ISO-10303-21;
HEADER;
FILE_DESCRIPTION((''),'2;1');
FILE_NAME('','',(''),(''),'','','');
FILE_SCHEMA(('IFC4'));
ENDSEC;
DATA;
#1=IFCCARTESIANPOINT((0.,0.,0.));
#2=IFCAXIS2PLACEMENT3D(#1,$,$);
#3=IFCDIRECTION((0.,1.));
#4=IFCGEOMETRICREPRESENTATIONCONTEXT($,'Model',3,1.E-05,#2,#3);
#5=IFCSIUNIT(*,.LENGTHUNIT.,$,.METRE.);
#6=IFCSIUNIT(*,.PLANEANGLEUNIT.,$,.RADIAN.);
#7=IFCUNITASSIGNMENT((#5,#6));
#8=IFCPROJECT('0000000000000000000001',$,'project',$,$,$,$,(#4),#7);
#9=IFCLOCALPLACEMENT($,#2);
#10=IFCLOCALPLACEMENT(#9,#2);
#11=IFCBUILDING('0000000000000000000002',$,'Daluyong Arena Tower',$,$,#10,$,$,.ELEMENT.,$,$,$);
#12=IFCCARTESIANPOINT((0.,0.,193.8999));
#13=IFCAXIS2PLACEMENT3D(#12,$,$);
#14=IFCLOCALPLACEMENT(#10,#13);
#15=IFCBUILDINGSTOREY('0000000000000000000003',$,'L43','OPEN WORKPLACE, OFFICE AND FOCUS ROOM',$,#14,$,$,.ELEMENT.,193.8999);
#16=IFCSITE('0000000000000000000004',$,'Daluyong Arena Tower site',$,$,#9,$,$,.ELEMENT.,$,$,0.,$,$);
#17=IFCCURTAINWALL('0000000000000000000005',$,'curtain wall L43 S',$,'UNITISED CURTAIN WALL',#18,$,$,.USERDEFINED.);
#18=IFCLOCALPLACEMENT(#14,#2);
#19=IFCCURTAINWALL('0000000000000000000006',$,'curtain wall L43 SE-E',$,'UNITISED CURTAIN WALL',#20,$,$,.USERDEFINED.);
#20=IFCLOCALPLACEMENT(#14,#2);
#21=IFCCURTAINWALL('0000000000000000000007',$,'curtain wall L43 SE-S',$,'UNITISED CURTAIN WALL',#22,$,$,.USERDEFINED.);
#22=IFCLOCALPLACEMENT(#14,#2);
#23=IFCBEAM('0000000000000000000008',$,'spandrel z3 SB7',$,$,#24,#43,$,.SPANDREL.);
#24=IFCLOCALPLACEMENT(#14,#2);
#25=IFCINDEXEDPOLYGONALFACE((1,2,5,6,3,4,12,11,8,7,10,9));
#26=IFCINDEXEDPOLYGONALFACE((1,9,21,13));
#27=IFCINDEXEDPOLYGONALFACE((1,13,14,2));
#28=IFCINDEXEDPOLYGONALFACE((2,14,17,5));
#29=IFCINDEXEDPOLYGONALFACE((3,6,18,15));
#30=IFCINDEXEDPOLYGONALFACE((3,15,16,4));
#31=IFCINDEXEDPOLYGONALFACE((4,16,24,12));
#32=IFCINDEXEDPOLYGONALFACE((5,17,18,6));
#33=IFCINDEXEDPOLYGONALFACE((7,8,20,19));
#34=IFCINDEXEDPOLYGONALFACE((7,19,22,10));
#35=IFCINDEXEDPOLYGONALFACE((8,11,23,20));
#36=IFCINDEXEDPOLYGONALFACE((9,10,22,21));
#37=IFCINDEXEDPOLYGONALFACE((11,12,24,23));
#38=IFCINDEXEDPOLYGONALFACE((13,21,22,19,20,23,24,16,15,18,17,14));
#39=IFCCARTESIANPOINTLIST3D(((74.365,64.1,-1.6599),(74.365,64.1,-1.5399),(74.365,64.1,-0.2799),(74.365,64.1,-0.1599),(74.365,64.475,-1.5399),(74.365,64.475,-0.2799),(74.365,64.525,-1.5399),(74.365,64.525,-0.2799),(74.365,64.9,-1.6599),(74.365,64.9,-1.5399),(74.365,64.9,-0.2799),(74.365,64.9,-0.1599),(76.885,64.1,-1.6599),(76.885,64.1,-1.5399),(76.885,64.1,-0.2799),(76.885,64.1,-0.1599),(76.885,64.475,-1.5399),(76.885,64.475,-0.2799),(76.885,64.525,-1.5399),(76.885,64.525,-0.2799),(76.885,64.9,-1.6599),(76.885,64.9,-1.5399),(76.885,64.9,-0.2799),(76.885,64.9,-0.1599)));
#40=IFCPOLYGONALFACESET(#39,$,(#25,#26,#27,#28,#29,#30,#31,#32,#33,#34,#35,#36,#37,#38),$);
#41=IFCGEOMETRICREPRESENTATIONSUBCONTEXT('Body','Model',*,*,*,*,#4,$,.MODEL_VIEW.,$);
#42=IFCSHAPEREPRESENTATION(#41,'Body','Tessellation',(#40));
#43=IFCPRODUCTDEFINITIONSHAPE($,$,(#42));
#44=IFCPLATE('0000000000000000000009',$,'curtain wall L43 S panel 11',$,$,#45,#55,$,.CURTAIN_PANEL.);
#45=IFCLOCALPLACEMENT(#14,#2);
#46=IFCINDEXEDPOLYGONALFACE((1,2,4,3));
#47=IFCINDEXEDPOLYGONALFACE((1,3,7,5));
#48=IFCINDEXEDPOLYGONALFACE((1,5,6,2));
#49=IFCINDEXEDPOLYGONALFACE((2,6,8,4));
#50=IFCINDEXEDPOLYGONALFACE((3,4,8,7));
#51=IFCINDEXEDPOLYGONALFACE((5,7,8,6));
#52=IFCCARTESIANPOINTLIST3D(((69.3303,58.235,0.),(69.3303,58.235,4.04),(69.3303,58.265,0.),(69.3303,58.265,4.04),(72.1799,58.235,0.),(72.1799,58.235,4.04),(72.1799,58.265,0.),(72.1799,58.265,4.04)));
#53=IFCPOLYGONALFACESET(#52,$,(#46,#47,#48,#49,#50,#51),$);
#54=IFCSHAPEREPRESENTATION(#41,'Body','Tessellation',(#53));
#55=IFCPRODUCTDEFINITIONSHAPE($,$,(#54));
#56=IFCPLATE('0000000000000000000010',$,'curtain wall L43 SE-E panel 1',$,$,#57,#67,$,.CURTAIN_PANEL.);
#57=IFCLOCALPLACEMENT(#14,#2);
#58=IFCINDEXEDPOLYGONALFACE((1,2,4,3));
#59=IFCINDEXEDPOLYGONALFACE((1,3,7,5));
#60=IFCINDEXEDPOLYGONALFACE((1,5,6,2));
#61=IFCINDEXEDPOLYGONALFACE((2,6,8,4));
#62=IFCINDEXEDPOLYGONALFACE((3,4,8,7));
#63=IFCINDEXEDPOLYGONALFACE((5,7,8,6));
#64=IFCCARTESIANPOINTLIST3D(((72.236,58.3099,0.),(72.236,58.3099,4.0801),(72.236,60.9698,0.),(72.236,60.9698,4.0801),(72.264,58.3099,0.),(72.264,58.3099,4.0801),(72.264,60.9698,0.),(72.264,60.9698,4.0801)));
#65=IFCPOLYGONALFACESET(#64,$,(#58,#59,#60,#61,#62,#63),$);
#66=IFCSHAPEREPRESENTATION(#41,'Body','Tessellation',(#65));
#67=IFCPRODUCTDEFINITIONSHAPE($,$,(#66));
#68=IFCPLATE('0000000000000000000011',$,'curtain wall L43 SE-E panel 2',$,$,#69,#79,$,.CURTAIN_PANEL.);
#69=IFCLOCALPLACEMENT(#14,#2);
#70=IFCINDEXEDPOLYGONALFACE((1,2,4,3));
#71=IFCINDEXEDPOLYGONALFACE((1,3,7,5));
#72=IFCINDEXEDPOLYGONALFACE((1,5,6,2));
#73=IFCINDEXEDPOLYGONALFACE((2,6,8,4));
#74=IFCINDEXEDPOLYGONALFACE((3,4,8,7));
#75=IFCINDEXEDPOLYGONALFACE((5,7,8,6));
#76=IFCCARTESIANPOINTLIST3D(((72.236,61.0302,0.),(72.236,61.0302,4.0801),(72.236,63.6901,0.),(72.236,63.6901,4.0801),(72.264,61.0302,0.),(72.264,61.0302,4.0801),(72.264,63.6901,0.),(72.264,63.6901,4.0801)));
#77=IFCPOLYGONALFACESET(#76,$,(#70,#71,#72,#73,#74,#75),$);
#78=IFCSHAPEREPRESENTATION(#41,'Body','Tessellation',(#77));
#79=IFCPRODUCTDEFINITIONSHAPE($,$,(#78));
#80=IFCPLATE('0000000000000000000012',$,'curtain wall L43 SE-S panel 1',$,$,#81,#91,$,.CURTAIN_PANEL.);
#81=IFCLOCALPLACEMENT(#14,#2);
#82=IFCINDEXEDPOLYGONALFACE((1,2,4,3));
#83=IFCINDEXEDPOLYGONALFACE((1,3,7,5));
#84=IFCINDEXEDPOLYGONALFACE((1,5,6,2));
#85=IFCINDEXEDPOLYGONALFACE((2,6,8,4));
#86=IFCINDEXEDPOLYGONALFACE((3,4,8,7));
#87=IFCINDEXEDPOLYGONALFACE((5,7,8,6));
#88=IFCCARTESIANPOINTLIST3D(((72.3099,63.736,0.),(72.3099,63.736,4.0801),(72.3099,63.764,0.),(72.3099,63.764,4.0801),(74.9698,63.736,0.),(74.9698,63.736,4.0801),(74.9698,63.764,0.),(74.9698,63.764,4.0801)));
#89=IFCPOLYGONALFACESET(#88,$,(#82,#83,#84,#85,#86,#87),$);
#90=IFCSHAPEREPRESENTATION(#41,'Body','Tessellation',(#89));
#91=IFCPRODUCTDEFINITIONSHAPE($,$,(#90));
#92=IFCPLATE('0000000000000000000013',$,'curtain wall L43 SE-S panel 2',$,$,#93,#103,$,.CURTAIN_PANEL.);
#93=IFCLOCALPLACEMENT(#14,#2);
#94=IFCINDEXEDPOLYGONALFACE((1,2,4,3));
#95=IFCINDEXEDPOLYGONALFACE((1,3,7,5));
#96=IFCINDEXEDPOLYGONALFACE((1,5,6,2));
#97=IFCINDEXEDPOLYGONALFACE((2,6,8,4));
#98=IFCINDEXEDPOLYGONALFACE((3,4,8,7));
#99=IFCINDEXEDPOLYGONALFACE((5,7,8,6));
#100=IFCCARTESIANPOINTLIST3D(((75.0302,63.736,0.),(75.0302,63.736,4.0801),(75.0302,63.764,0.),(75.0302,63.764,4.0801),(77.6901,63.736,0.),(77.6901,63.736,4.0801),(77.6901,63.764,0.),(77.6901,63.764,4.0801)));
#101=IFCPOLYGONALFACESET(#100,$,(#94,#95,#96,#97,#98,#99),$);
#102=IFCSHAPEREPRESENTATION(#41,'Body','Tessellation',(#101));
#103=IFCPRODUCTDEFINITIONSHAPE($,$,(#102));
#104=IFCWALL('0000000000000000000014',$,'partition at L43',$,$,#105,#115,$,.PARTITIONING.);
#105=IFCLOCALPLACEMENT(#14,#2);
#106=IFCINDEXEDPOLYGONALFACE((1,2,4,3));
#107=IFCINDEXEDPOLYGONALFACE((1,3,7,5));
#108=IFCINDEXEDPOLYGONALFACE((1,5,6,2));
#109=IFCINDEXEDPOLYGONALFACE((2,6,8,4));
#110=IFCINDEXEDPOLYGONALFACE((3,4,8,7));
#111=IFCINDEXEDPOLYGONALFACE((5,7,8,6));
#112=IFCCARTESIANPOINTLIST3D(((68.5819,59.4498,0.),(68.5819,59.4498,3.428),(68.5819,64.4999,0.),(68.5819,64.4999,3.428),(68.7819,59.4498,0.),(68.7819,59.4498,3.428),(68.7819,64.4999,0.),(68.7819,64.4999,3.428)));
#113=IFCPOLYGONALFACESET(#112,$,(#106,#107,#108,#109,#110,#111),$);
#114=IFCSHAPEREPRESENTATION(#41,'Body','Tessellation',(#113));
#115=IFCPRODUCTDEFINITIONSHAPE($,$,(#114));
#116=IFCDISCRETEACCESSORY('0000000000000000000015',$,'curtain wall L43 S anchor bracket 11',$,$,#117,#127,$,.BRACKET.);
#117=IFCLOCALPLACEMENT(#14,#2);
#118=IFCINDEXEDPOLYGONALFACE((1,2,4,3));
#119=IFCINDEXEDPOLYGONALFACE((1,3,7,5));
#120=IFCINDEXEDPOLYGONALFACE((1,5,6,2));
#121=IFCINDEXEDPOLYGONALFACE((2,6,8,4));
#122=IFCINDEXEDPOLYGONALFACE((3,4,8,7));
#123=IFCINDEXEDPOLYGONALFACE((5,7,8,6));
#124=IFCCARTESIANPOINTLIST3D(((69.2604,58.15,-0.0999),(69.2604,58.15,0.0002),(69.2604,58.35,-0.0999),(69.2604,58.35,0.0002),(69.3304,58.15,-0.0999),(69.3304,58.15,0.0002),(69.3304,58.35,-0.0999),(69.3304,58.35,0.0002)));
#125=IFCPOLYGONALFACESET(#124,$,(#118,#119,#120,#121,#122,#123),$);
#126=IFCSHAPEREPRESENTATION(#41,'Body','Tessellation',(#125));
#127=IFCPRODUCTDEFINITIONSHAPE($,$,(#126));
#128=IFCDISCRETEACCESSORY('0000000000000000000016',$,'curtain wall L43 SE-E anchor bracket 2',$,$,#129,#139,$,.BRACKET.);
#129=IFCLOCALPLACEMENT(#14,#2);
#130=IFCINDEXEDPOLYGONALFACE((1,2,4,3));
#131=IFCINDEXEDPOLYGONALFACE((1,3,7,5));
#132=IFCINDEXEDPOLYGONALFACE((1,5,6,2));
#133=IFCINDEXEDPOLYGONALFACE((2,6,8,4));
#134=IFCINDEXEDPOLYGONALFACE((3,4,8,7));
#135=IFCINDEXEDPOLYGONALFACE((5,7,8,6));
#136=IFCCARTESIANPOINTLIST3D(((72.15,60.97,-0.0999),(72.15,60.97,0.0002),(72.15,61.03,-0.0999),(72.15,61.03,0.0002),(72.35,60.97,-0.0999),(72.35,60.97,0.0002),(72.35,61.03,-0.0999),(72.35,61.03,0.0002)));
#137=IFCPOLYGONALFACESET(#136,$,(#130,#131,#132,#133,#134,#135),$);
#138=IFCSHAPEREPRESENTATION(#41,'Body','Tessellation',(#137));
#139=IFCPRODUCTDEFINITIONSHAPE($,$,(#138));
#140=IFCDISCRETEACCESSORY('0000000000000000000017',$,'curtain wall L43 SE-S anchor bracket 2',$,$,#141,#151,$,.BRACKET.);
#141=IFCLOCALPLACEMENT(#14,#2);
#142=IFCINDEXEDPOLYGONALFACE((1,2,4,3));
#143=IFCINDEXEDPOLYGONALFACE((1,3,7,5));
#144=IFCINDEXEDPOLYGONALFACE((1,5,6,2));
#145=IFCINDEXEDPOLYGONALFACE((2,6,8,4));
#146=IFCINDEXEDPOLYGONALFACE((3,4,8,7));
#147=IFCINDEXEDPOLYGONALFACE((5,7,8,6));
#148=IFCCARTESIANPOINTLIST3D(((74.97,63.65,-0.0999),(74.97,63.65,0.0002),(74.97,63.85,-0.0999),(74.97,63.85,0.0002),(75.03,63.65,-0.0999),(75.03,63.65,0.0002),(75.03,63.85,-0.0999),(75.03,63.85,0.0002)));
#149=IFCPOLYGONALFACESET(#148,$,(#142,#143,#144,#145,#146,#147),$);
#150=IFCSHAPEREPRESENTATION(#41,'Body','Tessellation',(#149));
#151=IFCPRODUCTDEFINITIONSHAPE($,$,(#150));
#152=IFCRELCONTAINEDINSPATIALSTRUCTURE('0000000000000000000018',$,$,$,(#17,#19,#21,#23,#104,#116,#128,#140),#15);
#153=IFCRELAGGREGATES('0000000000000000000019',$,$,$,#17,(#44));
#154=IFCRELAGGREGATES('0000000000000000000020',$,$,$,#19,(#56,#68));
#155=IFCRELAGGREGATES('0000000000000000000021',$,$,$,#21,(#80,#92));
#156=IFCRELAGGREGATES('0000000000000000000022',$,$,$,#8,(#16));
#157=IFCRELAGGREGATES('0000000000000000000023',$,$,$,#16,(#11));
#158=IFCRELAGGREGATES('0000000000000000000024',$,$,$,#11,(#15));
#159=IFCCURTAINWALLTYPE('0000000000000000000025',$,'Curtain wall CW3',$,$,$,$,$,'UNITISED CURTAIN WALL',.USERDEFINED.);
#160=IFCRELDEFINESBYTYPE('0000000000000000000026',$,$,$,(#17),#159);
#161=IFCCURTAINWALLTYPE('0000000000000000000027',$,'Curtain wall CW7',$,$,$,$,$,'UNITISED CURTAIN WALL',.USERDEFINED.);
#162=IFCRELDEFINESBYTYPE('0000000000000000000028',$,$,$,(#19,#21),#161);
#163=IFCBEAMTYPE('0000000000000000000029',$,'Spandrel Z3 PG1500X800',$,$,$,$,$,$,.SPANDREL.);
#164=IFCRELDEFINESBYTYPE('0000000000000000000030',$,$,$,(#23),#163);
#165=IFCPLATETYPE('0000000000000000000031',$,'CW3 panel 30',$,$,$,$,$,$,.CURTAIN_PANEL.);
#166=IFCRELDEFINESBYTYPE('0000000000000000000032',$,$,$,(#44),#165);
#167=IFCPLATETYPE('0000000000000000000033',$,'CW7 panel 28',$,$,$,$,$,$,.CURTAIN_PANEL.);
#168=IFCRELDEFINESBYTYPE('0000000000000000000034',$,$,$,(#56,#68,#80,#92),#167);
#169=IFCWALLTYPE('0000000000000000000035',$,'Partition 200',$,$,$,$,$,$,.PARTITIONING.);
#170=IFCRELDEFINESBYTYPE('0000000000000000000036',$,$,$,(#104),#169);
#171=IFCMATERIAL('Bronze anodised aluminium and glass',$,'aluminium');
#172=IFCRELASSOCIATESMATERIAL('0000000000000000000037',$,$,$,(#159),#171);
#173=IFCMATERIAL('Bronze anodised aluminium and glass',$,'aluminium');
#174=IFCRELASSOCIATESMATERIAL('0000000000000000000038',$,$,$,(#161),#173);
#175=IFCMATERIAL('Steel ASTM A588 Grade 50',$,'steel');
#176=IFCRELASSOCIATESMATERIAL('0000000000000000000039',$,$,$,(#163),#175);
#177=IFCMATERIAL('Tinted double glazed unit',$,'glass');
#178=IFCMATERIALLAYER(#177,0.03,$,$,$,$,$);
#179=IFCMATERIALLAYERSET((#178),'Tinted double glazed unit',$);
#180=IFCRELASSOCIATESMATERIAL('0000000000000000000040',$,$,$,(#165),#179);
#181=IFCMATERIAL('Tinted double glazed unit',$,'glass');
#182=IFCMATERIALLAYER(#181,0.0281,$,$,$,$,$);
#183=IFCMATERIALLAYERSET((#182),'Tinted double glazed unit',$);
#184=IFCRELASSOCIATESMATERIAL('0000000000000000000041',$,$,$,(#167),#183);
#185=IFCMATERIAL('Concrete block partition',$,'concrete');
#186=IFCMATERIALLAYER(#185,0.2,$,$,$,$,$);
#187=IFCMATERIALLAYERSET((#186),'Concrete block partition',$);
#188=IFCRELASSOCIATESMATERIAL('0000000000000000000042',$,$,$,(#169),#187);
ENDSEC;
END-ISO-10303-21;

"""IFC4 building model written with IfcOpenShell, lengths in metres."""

from ifc_helpers import new_model, si_unit, direction, frame, frame_2d, origin, origin_2d, place, context, subcontext, project, spatial, rectangle, i_section, extrude, material, layer, layer_set, material_profile, profile_set, type_object, element, aggregate, save


model = new_model("IFC4")

# Units and contexts
model_context = context("Model", 3, precision=1e-05, world=origin(), true_north=direction((0.0, 1.0)))
body_context = subcontext(model_context, "Body", "Model", "MODEL_VIEW")
ifc_project = project(units=[si_unit("LENGTHUNIT", "METRE"), si_unit("PLANEANGLEUNIT", "RADIAN")], contexts=[model_context])

# Site, building, storey
site_placement = place(None, origin())
site = spatial("IfcSite", under=ifc_project, at=site_placement, Name="Daluyong Arena Tower site", CompositionType="ELEMENT", RefElevation=0.0)
building_placement = place(site_placement, origin())
building = spatial("IfcBuilding", under=site, at=building_placement, Name="Daluyong Arena Tower", CompositionType="ELEMENT")
storey_placement = place(building_placement, frame((0.0, 0.0, 193.8999)))
storey = spatial("IfcBuildingStorey", under=building, at=storey_placement, Name="L43", Description="OPEN WORKPLACE, OFFICE AND FOCUS ROOM", CompositionType="ELEMENT", Elevation=193.8999)

# Curtain wall
ifc_material_1 = material(Name="Bronze anodised aluminium and glass", Category="aluminium")
curtain_wall_type_1 = type_object("IfcCurtainWallType", Name="Curtain wall CW3", ElementType="UNITISED CURTAIN WALL", PredefinedType="USERDEFINED", material=ifc_material_1)
curtain_wall_1_placement = place(storey_placement, origin())
curtain_wall_1 = element("IfcCurtainWall", 1, at=curtain_wall_1_placement, inside=storey, type_object=curtain_wall_type_1, Name="curtain wall L43 S", ObjectType="UNITISED CURTAIN WALL", PredefinedType="USERDEFINED")

# Curtain walls
ifc_material_2 = material(Name="Bronze anodised aluminium and glass", Category="aluminium")
curtain_wall_type_2 = type_object("IfcCurtainWallType", Name="Curtain wall CW7", ElementType="UNITISED CURTAIN WALL", PredefinedType="USERDEFINED", material=ifc_material_2)
curtain_wall_2_placement = place(storey_placement, origin())
curtain_wall_2 = element("IfcCurtainWall", 2, at=curtain_wall_2_placement, inside=storey, type_object=curtain_wall_type_2, Name="curtain wall L43 SE-E", ObjectType="UNITISED CURTAIN WALL", PredefinedType="USERDEFINED")
curtain_wall_3_placement = place(storey_placement, origin())
curtain_wall_3 = element("IfcCurtainWall", 3, at=curtain_wall_3_placement, inside=storey, type_object=curtain_wall_type_2, Name="curtain wall L43 SE-S", ObjectType="UNITISED CURTAIN WALL", PredefinedType="USERDEFINED")

# Beam
ifc_material_3 = material(Name="Steel ASTM A588 Grade 50", Category="steel")
ifc_material_profile_1 = material_profile(ifc_material_3, i_section(OverallWidth=0.8, OverallDepth=1.5, WebThickness=0.05, FlangeThickness=0.12, at=origin_2d()))
ifc_profile_set_1 = profile_set([ifc_material_profile_1], Name="Steel ASTM A588 Grade 50")
beam_type_1 = type_object("IfcBeamType", Name="Spandrel Z3 PG1500X800", PredefinedType="SPANDREL", material=ifc_profile_set_1)
for number, where, z_axis, x_axis, name in (
    (4, (74.365, 64.5, -0.9099), (1.0, 0.0, 0.0), (0.0, 1.0, 0.0), "spandrel z3 SB7"),
):
    element("IfcBeam", number, at=place(storey_placement, frame(where, z_axis=z_axis, x_axis=x_axis)), inside=storey, type_object=beam_type_1, Name=name, PredefinedType="SPANDREL", context=body_context, shape_type="SweptSolid", body=[
        extrude(i_section(OverallWidth=0.8, OverallDepth=1.5, WebThickness=0.05, FlangeThickness=0.12, at=origin_2d()), origin(), (0.0, 0.0, 1.0), 2.52),
    ])

# Plates
ifc_material_4 = material(Name="Tinted double glazed unit", Category="glass")
ifc_layer_1 = layer(ifc_material_4, 0.03)
ifc_layer_set_1 = layer_set([ifc_layer_1], Name="Tinted double glazed unit")
plate_type_1 = type_object("IfcPlateType", Name="CW3 panel 30", PredefinedType="CURTAIN_PANEL", material=ifc_layer_set_1)
plate_1_placement = place(storey_placement, frame((70.7551, 58.25, 0.0), z_axis=(0.0, 0.0, 1.0), x_axis=(1.0, 0.0, 0.0)))
plate_1 = element("IfcPlate", 5, at=plate_1_placement, type_object=plate_type_1, Name="curtain wall L43 S panel 11", PredefinedType="CURTAIN_PANEL", context=body_context, shape_type="SweptSolid", body=[
    extrude(rectangle(XDim=2.8496, YDim=0.03, at=origin_2d()), origin(), (0.0, 0.0, 1.0), 4.04),
])
aggregate(curtain_wall_1, [plate_1])
ifc_material_5 = material(Name="Tinted double glazed unit", Category="glass")
ifc_layer_2 = layer(ifc_material_5, 0.0281)
ifc_layer_set_2 = layer_set([ifc_layer_2], Name="Tinted double glazed unit")
plate_type_2 = type_object("IfcPlateType", Name="CW7 panel 28", PredefinedType="CURTAIN_PANEL", material=ifc_layer_set_2)
plate_2_placement = place(storey_placement, frame((72.25, 59.6399, 0.0), z_axis=(0.0, 0.0, 1.0), x_axis=(0.0, 1.0, 0.0)))
plate_2 = element("IfcPlate", 6, at=plate_2_placement, type_object=plate_type_2, Name="curtain wall L43 SE-E panel 1", PredefinedType="CURTAIN_PANEL", context=body_context, shape_type="SweptSolid", body=[
    extrude(rectangle(XDim=2.6599, YDim=0.0281, at=origin_2d()), origin(), (0.0, 0.0, 1.0), 4.0801),
])
plate_3_placement = place(storey_placement, frame((72.25, 62.3601, 0.0), z_axis=(0.0, 0.0, 1.0), x_axis=(0.0, 1.0, 0.0)))
plate_3 = element("IfcPlate", 7, at=plate_3_placement, type_object=plate_type_2, Name="curtain wall L43 SE-E panel 2", PredefinedType="CURTAIN_PANEL", context=body_context, shape_type="SweptSolid", body=[
    extrude(rectangle(XDim=2.6599, YDim=0.0281, at=origin_2d()), origin(), (0.0, 0.0, 1.0), 4.0801),
])
aggregate(curtain_wall_2, [plate_2, plate_3])
plate_4_placement = place(storey_placement, frame((73.6399, 63.75, 0.0), z_axis=(0.0, 0.0, 1.0), x_axis=(1.0, 0.0, 0.0)))
plate_4 = element("IfcPlate", 8, at=plate_4_placement, type_object=plate_type_2, Name="curtain wall L43 SE-S panel 1", PredefinedType="CURTAIN_PANEL", context=body_context, shape_type="SweptSolid", body=[
    extrude(rectangle(XDim=2.6599, YDim=0.0281, at=origin_2d()), origin(), (0.0, 0.0, 1.0), 4.0801),
])
plate_5_placement = place(storey_placement, frame((76.3601, 63.75, 0.0), z_axis=(0.0, 0.0, 1.0), x_axis=(1.0, 0.0, 0.0)))
plate_5 = element("IfcPlate", 9, at=plate_5_placement, type_object=plate_type_2, Name="curtain wall L43 SE-S panel 2", PredefinedType="CURTAIN_PANEL", context=body_context, shape_type="SweptSolid", body=[
    extrude(rectangle(XDim=2.6599, YDim=0.0281, at=origin_2d()), origin(), (0.0, 0.0, 1.0), 4.0801),
])
aggregate(curtain_wall_3, [plate_4, plate_5])

# Wall
ifc_material_6 = material(Name="Concrete block partition", Category="concrete")
ifc_layer_3 = layer(ifc_material_6, 0.2)
ifc_layer_set_3 = layer_set([ifc_layer_3], Name="Concrete block partition")
wall_type = type_object("IfcWallType", Name="Partition 200", PredefinedType="PARTITIONING", material=ifc_layer_set_3)
wall_placement = place(storey_placement, frame((68.6819, 59.45, 0.0), z_axis=(0.0, 0.0, 1.0), x_axis=(0.0, 1.0, 0.0)))
element("IfcWall", 10, at=wall_placement, inside=storey, type_object=wall_type, Name="partition at L43", PredefinedType="PARTITIONING", context=body_context, shape_type="SweptSolid", body=[
    extrude(rectangle(XDim=5.05, YDim=0.2, at=frame_2d((2.5249, 0.0))), origin(), (0.0, 0.0, 1.0), 3.428),
])

# Discrete accessories
discrete_accessory_placement = place(storey_placement, frame((69.2954, 58.25, -0.0999), z_axis=(0.0, 0.0, 1.0), x_axis=(1.0, 0.0, 0.0)))
element("IfcDiscreteAccessory", 11, at=discrete_accessory_placement, inside=storey, Name="curtain wall L43 S anchor bracket 11", PredefinedType="BRACKET", context=body_context, shape_type="SweptSolid", body=[
    extrude(rectangle(XDim=0.0701, YDim=0.2, at=origin_2d()), origin(), (0.0, 0.0, 1.0), 0.1001),
])
for number, where, z_axis, x_axis, name in (
    (12, (72.25, 61.0, -0.0999), (0.0, 0.0, 1.0), (0.0, 1.0, 0.0), "curtain wall L43 SE-E anchor bracket 2"),
    (13, (75.0, 63.75, -0.0999), (0.0, 0.0, 1.0), (1.0, 0.0, 0.0), "curtain wall L43 SE-S anchor bracket 2"),
):
    element("IfcDiscreteAccessory", number, at=place(storey_placement, frame(where, z_axis=z_axis, x_axis=x_axis)), inside=storey, Name=name, PredefinedType="BRACKET", context=body_context, shape_type="SweptSolid", body=[
        extrude(rectangle(XDim=0.0601, YDim=0.2, at=origin_2d()), origin(), (0.0, 0.0, 1.0), 0.1001),
    ])

save(model, "model.ifc")
